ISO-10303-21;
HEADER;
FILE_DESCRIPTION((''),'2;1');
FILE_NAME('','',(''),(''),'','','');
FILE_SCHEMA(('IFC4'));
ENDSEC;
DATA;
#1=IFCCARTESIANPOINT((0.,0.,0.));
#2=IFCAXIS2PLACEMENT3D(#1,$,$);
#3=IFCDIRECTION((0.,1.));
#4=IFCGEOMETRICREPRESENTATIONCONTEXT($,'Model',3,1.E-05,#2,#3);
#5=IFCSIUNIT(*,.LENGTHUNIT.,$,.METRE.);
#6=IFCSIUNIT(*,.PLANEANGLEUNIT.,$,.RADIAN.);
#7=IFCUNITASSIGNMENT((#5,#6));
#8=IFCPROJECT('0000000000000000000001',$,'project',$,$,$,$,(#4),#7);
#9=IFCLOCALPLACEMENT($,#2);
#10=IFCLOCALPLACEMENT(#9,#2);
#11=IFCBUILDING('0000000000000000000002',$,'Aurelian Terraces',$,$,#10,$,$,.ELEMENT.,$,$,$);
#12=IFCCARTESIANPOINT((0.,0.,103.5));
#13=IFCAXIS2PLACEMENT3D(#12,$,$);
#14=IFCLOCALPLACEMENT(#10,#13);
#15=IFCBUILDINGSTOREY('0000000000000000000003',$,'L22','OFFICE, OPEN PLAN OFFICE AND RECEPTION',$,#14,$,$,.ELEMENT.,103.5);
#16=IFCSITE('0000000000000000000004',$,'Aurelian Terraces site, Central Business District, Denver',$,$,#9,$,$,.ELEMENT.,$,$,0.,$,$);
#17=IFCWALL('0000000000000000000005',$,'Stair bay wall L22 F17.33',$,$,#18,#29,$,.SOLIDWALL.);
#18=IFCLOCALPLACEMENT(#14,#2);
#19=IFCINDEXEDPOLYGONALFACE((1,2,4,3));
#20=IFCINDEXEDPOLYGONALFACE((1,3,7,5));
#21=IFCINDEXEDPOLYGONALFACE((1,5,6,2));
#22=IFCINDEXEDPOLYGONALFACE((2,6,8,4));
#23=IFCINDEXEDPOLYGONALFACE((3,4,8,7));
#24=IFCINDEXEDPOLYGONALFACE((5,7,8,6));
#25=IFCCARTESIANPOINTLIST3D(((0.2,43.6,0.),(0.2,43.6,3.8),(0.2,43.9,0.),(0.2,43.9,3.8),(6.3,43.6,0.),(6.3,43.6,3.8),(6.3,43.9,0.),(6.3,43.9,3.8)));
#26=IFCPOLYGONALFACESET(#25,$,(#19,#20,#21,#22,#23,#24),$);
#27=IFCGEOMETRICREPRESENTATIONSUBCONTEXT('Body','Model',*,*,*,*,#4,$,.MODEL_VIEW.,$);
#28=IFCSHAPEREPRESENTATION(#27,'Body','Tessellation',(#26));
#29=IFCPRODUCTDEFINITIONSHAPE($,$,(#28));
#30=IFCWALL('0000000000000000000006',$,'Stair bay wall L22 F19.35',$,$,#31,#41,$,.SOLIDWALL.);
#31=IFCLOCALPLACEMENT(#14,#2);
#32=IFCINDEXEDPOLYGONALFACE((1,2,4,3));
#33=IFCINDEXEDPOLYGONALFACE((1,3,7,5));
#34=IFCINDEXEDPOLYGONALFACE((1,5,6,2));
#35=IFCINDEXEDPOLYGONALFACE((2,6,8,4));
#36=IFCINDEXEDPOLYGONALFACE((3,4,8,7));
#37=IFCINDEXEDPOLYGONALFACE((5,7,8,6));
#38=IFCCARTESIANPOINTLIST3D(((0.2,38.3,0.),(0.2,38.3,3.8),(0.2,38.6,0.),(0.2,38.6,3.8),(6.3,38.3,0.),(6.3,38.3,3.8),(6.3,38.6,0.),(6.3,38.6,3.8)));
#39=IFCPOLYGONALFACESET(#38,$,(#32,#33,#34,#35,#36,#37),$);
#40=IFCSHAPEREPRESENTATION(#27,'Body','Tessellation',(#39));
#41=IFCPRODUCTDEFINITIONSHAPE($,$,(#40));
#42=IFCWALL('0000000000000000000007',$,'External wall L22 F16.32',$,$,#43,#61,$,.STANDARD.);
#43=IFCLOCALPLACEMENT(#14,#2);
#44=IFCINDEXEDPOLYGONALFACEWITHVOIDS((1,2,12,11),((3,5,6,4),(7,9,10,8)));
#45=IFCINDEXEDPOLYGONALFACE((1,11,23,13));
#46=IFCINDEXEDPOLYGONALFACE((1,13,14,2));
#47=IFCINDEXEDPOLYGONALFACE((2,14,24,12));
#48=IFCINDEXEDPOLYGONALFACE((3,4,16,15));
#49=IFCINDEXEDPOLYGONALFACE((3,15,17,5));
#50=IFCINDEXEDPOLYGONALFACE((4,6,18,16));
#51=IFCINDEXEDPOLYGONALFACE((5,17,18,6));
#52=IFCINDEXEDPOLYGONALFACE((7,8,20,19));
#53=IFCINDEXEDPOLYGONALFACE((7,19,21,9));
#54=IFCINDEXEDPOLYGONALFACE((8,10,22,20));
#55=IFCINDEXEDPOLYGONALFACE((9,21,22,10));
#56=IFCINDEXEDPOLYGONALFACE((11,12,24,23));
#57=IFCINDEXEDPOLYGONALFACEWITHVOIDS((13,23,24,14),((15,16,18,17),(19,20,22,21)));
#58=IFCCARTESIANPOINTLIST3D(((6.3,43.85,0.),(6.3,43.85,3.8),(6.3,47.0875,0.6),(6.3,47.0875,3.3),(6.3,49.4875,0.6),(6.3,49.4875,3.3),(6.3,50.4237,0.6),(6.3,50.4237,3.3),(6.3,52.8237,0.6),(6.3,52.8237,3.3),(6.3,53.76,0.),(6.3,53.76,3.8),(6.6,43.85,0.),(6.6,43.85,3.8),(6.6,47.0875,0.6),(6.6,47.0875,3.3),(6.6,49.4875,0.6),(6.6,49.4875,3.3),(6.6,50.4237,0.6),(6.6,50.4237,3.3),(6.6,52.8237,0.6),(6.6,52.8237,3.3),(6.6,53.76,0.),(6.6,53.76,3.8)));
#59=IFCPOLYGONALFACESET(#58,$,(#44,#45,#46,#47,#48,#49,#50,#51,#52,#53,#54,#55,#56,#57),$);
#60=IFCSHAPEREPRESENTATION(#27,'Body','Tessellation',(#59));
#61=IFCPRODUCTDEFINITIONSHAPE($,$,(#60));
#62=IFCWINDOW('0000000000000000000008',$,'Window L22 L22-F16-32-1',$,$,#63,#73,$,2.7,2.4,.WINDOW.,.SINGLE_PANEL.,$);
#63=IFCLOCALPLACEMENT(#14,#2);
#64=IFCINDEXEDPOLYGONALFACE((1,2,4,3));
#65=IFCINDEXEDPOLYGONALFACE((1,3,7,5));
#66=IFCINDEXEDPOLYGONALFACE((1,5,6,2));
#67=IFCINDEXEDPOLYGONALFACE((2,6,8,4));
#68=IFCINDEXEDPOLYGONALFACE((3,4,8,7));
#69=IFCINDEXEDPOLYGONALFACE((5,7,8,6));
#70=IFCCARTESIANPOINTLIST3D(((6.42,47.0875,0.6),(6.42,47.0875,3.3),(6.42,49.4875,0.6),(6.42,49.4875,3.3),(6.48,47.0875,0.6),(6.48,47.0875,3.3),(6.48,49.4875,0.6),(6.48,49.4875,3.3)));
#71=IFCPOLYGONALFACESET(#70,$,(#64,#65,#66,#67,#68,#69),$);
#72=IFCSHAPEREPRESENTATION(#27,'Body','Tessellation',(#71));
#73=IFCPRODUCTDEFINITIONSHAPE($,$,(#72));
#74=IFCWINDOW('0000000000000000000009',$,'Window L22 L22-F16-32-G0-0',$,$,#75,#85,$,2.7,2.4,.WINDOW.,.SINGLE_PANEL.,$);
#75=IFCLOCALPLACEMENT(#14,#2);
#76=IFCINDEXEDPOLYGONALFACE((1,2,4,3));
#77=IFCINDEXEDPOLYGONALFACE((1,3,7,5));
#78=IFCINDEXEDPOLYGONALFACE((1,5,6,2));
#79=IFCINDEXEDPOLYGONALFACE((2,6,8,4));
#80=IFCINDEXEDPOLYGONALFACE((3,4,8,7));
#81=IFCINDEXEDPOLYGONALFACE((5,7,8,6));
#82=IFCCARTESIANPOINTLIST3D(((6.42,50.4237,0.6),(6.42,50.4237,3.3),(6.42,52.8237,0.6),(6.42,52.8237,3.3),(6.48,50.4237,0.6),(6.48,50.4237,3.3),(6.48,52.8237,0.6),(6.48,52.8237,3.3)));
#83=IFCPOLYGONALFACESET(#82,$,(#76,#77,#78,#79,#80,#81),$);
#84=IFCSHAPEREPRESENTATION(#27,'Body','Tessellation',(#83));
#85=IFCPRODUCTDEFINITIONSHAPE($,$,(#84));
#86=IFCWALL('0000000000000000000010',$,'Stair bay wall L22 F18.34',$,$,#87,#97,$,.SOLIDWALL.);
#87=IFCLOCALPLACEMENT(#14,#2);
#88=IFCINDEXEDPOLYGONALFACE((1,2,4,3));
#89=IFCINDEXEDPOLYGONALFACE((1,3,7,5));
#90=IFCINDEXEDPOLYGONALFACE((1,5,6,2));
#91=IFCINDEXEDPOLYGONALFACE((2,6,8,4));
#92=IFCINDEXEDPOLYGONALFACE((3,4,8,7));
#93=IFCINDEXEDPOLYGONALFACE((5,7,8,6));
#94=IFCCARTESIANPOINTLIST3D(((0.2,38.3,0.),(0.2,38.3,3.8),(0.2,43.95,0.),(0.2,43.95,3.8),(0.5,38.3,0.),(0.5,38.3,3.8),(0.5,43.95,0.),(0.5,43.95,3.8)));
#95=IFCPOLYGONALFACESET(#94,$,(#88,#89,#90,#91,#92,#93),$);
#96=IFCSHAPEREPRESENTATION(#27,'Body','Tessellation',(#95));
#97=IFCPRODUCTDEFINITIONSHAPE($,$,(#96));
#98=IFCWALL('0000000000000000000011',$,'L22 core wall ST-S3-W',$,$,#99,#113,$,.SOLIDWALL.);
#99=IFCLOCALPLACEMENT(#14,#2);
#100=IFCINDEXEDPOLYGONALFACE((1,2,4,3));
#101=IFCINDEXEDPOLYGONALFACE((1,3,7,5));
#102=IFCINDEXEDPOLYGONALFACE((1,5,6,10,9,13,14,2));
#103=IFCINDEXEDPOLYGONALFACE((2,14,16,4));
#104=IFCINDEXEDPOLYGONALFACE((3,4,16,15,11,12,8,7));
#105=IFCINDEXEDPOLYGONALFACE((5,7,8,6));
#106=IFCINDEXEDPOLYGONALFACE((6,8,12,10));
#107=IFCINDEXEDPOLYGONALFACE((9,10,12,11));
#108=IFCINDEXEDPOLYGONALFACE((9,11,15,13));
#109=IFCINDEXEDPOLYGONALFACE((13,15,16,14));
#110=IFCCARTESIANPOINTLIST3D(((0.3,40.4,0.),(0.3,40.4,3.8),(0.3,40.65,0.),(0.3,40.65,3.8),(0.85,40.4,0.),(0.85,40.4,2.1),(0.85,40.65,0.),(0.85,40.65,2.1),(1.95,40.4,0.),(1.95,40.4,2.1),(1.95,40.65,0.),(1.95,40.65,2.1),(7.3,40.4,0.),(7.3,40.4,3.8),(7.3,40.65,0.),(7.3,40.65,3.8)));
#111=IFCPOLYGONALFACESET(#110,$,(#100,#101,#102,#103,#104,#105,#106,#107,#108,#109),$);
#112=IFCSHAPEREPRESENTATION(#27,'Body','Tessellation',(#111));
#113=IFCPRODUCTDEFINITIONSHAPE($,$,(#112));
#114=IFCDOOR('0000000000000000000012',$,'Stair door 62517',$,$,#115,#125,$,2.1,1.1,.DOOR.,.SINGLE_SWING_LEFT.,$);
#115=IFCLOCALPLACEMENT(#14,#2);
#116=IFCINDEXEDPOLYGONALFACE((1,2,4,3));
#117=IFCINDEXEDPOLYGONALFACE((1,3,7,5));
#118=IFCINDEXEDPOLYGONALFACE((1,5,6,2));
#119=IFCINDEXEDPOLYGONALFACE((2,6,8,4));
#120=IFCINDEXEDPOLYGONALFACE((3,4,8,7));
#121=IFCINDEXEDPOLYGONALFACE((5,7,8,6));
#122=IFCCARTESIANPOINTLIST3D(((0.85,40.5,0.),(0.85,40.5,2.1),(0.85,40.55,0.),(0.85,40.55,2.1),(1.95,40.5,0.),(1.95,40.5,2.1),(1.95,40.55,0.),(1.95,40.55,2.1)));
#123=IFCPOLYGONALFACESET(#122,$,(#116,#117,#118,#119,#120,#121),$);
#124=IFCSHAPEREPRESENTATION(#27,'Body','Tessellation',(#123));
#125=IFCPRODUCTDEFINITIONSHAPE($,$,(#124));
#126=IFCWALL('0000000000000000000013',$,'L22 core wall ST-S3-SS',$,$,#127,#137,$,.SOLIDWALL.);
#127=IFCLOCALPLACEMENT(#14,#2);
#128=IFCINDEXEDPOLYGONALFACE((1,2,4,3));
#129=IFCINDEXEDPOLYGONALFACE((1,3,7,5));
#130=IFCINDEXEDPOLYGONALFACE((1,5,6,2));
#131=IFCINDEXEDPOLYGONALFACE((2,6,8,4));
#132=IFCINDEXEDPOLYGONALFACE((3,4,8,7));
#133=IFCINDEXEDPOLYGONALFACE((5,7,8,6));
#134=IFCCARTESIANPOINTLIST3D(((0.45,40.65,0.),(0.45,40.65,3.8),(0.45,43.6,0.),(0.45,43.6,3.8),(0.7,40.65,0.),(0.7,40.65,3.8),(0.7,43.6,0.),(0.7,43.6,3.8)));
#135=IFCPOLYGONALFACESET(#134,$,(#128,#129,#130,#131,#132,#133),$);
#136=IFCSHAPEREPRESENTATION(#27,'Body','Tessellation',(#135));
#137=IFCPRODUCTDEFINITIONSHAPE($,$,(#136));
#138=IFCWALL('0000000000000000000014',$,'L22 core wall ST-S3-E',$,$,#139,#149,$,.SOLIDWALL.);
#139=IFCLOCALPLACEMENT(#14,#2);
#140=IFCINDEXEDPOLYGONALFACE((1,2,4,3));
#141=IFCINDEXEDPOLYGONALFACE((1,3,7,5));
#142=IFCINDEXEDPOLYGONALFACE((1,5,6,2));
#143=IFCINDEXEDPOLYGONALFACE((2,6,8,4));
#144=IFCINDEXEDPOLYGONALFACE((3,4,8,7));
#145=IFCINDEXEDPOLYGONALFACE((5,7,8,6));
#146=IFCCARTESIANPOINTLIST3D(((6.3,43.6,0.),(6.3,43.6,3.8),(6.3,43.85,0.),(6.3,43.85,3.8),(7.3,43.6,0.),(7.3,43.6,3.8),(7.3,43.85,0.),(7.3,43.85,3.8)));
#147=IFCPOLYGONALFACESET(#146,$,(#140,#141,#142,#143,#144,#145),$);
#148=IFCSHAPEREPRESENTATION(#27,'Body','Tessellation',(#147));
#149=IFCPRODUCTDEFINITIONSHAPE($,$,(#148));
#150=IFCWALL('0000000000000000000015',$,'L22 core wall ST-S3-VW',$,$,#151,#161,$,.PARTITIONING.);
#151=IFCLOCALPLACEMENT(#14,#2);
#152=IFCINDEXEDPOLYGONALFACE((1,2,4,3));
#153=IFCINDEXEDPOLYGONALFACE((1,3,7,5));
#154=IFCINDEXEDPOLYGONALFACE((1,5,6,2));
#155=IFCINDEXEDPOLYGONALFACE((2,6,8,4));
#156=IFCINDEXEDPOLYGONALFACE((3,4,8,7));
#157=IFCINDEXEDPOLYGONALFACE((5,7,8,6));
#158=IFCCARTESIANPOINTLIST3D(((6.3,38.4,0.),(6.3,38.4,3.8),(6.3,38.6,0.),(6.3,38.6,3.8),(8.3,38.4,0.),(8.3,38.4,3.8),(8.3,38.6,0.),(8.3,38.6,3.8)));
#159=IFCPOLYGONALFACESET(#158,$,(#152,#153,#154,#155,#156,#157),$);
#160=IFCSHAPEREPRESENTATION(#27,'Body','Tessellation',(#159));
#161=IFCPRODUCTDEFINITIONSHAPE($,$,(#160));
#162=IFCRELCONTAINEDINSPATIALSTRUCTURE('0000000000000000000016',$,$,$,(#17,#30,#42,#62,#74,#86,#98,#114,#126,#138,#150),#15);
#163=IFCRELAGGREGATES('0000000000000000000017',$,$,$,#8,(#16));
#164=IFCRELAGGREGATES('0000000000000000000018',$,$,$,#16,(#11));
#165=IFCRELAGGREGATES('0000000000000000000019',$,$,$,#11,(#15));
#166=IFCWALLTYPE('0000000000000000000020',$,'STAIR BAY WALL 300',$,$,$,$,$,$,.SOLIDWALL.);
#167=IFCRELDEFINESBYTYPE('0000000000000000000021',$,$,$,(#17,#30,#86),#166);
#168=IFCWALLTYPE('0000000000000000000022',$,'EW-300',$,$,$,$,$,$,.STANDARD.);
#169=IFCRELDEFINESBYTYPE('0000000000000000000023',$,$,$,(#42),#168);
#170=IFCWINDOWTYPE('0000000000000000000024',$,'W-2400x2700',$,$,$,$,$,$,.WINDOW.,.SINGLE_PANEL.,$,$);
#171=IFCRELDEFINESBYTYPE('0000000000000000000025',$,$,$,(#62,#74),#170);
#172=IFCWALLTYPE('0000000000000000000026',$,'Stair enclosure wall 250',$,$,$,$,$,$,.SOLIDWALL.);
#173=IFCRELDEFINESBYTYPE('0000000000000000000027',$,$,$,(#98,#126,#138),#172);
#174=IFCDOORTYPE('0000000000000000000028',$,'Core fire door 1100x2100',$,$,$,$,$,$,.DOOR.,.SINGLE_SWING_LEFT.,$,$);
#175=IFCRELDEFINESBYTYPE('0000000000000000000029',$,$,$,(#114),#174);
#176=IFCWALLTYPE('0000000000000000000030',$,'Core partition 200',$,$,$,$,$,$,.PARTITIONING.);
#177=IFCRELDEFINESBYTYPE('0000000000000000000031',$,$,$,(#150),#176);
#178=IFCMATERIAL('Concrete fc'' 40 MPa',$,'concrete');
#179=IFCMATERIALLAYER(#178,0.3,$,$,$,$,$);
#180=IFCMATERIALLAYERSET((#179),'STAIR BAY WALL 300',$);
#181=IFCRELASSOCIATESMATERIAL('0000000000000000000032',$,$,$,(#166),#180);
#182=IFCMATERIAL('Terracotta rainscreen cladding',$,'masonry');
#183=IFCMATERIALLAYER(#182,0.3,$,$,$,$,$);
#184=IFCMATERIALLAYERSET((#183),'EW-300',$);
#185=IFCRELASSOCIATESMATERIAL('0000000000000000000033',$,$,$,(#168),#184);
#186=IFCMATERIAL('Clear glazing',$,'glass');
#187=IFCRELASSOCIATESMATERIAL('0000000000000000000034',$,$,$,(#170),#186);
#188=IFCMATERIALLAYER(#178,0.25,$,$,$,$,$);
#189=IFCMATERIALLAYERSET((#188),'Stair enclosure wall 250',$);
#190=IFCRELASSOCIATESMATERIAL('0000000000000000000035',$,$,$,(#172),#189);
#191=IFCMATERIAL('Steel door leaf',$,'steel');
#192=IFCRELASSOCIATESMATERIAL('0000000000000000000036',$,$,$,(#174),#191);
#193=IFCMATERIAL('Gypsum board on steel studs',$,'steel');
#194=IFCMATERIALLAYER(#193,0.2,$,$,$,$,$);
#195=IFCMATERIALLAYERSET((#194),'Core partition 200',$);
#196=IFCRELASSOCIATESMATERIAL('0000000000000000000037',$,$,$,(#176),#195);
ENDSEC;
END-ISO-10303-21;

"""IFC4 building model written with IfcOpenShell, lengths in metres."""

from ifc_helpers import new_model, si_unit, direction, frame, frame_2d, origin, place, context, subcontext, project, spatial, rectangle, extrude, source, transform, mapped, material, layer, layer_set, type_object, element, fill, save


model = new_model("IFC4")

# Units and contexts
model_context = context("Model", 3, precision=1e-05, world=origin(), true_north=direction((0.0, 1.0)))
body_context = subcontext(model_context, "Body", "Model", "MODEL_VIEW")
ifc_project = project(units=[si_unit("LENGTHUNIT", "METRE"), si_unit("PLANEANGLEUNIT", "RADIAN")], contexts=[model_context])

# Site, building, storey
site_placement = place(None, origin())
site = spatial("IfcSite", under=ifc_project, at=site_placement, Name="Aurelian Terraces site, Central Business District, Denver", CompositionType="ELEMENT", RefElevation=0.0)
building_placement = place(site_placement, origin())
building = spatial("IfcBuilding", under=site, at=building_placement, Name="Aurelian Terraces", CompositionType="ELEMENT")
storey_placement = place(building_placement, frame((0.0, 0.0, 103.5)))
storey = spatial("IfcBuildingStorey", under=building, at=storey_placement, Name="L22", Description="OFFICE, OPEN PLAN OFFICE AND RECEPTION", CompositionType="ELEMENT", Elevation=103.5)

# Walls
ifc_material_1 = material(Name="Concrete fc' 40 MPa", Category="concrete")
ifc_layer_1 = layer(ifc_material_1, 0.3)
ifc_layer_set_1 = layer_set([ifc_layer_1], Name="STAIR BAY WALL 300")
wall_type_1 = type_object("IfcWallType", Name="STAIR BAY WALL 300", PredefinedType="SOLIDWALL", material=ifc_layer_set_1)
shared_shape_1 = source(origin(), body_context, "Body", "SweptSolid", [
    extrude(rectangle(XDim=6.1, YDim=0.3, at=frame_2d((3.05, 0.0))), origin(), (0.0, 0.0, 1.0), 3.8),
])
for number, where, z_axis, x_axis, name in (
    (1, (6.3, 43.75, 0.0), (0.0, 0.0, 1.0), (-1.0, 0.0, 0.0), "Stair bay wall L22 F17.33"),
    (2, (0.2, 38.45, 0.0), (0.0, 0.0, 1.0), (1.0, 0.0, 0.0), "Stair bay wall L22 F19.35"),
):
    element("IfcWall", number, at=place(storey_placement, frame(where, z_axis=z_axis, x_axis=x_axis)), inside=storey, type_object=wall_type_1, Name=name, PredefinedType="SOLIDWALL", context=body_context, shape_type="MappedRepresentation", body=[
        mapped(shared_shape_1, transform((0.0, 0.0, 0.0), scale=1.0)),
    ])

# Wall, openings, windows
ifc_material_2 = material(Name="Terracotta rainscreen cladding", Category="masonry")
ifc_layer_2 = layer(ifc_material_2, 0.3)
ifc_layer_set_2 = layer_set([ifc_layer_2], Name="EW-300")
wall_type_2 = type_object("IfcWallType", Name="EW-300", PredefinedType="STANDARD", material=ifc_layer_set_2)
shared_shape_2 = source(origin(), body_context, "Body", "SweptSolid", [
    extrude(rectangle(XDim=9.91, YDim=0.3, at=frame_2d((4.955, 0.0))), origin(), (0.0, 0.0, 1.0), 3.8),
])
wall_1_placement = place(storey_placement, frame((6.45, 53.76, 0.0), z_axis=(0.0, 0.0, 1.0), x_axis=(0.0, -1.0, 0.0)))
wall_1 = element("IfcWall", 3, at=wall_1_placement, inside=storey, type_object=wall_type_2, Name="External wall L22 F16.32", PredefinedType="STANDARD", context=body_context, shape_type="MappedRepresentation", body=[
    mapped(shared_shape_2, transform((0.0, 0.0, 0.0), scale=1.0)),
])
shared_shape_3 = source(origin(), body_context, "Body", "SweptSolid", [
    extrude(rectangle(XDim=2.4, YDim=2.7, at=frame_2d((1.2, 1.35))), frame((0.0, 0.16, 0.0), z_axis=(0.0, -1.0, 0.0), x_axis=(1.0, 0.0, 0.0)), (0.0, 0.0, 1.0), 0.32),
])
opening_1_placement = place(wall_1_placement, frame((4.2725, 0.0, 0.6)))
opening_1 = element("IfcOpeningElement", 4, at=opening_1_placement, cuts=wall_1, PredefinedType="OPENING", context=body_context, shape_type="MappedRepresentation", body=[
    mapped(shared_shape_3, transform((0.0, 0.0, 0.0), scale=1.0)),
])
opening_2_placement = place(wall_1_placement, frame((0.9363, 0.0, 0.6)))
opening_2 = element("IfcOpeningElement", 5, at=opening_2_placement, cuts=wall_1, PredefinedType="OPENING", context=body_context, shape_type="MappedRepresentation", body=[
    mapped(shared_shape_3, transform((0.0, 0.0, 0.0), scale=1.0)),
])
ifc_material_3 = material(Name="Clear glazing", Category="glass")
window_type = type_object("IfcWindowType", Name="W-2400x2700", PartitioningType="SINGLE_PANEL", PredefinedType="WINDOW", material=ifc_material_3)
shared_shape_4 = source(origin(), body_context, "Body", "SweptSolid", [
    extrude(rectangle(XDim=2.4, YDim=2.7, at=frame_2d((1.2, 1.35))), frame((0.0, 0.03, 0.0), z_axis=(0.0, -1.0, 0.0), x_axis=(1.0, 0.0, 0.0)), (0.0, 0.0, 1.0), 0.06),
])
window_1_placement = place(opening_1_placement, origin())
window_1 = element("IfcWindow", 6, at=window_1_placement, inside=storey, type_object=window_type, Name="Window L22 L22-F16-32-1", OverallHeight=2.7, OverallWidth=2.4, PartitioningType="SINGLE_PANEL", PredefinedType="WINDOW", context=body_context, shape_type="MappedRepresentation", body=[
    mapped(shared_shape_4, transform((0.0, 0.0, 0.0), scale=1.0)),
])
fill(opening_1, window_1)
window_2_placement = place(opening_2_placement, origin())
window_2 = element("IfcWindow", 7, at=window_2_placement, inside=storey, type_object=window_type, Name="Window L22 L22-F16-32-G0-0", OverallHeight=2.7, OverallWidth=2.4, PartitioningType="SINGLE_PANEL", PredefinedType="WINDOW", context=body_context, shape_type="MappedRepresentation", body=[
    mapped(shared_shape_4, transform((0.0, 0.0, 0.0), scale=1.0)),
])
fill(opening_2, window_2)

# Wall
shared_shape_5 = source(origin(), body_context, "Body", "SweptSolid", [
    extrude(rectangle(XDim=5.65, YDim=0.3, at=frame_2d((2.825, 0.0))), origin(), (0.0, 0.0, 1.0), 3.8),
])
wall_2_placement = place(storey_placement, frame((0.35, 43.95, 0.0), z_axis=(0.0, 0.0, 1.0), x_axis=(0.0, -1.0, 0.0)))
element("IfcWall", 8, at=wall_2_placement, inside=storey, type_object=wall_type_1, Name="Stair bay wall L22 F18.34", PredefinedType="SOLIDWALL", context=body_context, shape_type="MappedRepresentation", body=[
    mapped(shared_shape_5, transform((0.0, 0.0, 0.0), scale=1.0)),
])

# Wall, opening, door
ifc_layer_3 = layer(ifc_material_1, 0.25)
ifc_layer_set_3 = layer_set([ifc_layer_3], Name="Stair enclosure wall 250")
wall_type_3 = type_object("IfcWallType", Name="Stair enclosure wall 250", PredefinedType="SOLIDWALL", material=ifc_layer_set_3)
shared_shape_6 = source(origin(), body_context, "Body", "SweptSolid", [
    extrude(rectangle(XDim=7.0, YDim=0.25, at=frame_2d((3.5, 0.0))), origin(), (0.0, 0.0, 1.0), 3.8),
])
wall_3_placement = place(storey_placement, frame((0.3, 40.525, 0.0), z_axis=(0.0, 0.0, 1.0), x_axis=(1.0, 0.0, 0.0)))
wall_3 = element("IfcWall", 9, at=wall_3_placement, inside=storey, type_object=wall_type_3, Name="L22 core wall ST-S3-W", PredefinedType="SOLIDWALL", context=body_context, shape_type="MappedRepresentation", body=[
    mapped(shared_shape_6, transform((0.0, 0.0, 0.0), scale=1.0)),
])
shared_shape_7 = source(origin(), body_context, "Body", "SweptSolid", [
    extrude(rectangle(XDim=1.1, YDim=2.1, at=frame_2d((0.55, 1.05))), frame((0.0, 0.135, 0.0), z_axis=(0.0, -1.0, 0.0), x_axis=(1.0, 0.0, 0.0)), (0.0, 0.0, 1.0), 0.27),
])
opening_3_placement = place(wall_3_placement, frame((0.55, 0.0, 0.0)))
opening_3 = element("IfcOpeningElement", 10, at=opening_3_placement, cuts=wall_3, PredefinedType="OPENING", context=body_context, shape_type="MappedRepresentation", body=[
    mapped(shared_shape_7, transform((0.0, 0.0, 0.0), scale=1.0)),
])
ifc_material_4 = material(Name="Steel door leaf", Category="steel")
door_type = type_object("IfcDoorType", Name="Core fire door 1100x2100", OperationType="SINGLE_SWING_LEFT", PredefinedType="DOOR", material=ifc_material_4)
shared_shape_8 = source(origin(), body_context, "Body", "SweptSolid", [
    extrude(rectangle(XDim=1.1, YDim=2.1, at=frame_2d((0.55, 1.05))), frame((0.0, 0.025, 0.0), z_axis=(0.0, -1.0, 0.0), x_axis=(1.0, 0.0, 0.0)), (0.0, 0.0, 1.0), 0.05),
])
door_placement = place(opening_3_placement, origin())
door = element("IfcDoor", 11, at=door_placement, inside=storey, type_object=door_type, Name="Stair door 62517", OperationType="SINGLE_SWING_LEFT", OverallHeight=2.1, OverallWidth=1.1, PredefinedType="DOOR", context=body_context, shape_type="MappedRepresentation", body=[
    mapped(shared_shape_8, transform((0.0, 0.0, 0.0), scale=1.0)),
])
fill(opening_3, door)

# Walls
shared_shape_9 = source(origin(), body_context, "Body", "SweptSolid", [
    extrude(rectangle(XDim=2.95, YDim=0.25, at=frame_2d((1.475, 0.0))), origin(), (0.0, 0.0, 1.0), 3.8),
])
wall_4_placement = place(storey_placement, frame((0.575, 40.65, 0.0), z_axis=(0.0, 0.0, 1.0), x_axis=(0.0, 1.0, 0.0)))
element("IfcWall", 12, at=wall_4_placement, inside=storey, type_object=wall_type_3, Name="L22 core wall ST-S3-SS", PredefinedType="SOLIDWALL", context=body_context, shape_type="MappedRepresentation", body=[
    mapped(shared_shape_9, transform((0.0, 0.0, 0.0), scale=1.0)),
])
shared_shape_10 = source(origin(), body_context, "Body", "SweptSolid", [
    extrude(rectangle(XDim=1.0, YDim=0.25, at=frame_2d((0.5, 0.0))), origin(), (0.0, 0.0, 1.0), 3.8),
])
wall_5_placement = place(storey_placement, frame((6.3, 43.725, 0.0), z_axis=(0.0, 0.0, 1.0), x_axis=(1.0, 0.0, 0.0)))
element("IfcWall", 13, at=wall_5_placement, inside=storey, type_object=wall_type_3, Name="L22 core wall ST-S3-E", PredefinedType="SOLIDWALL", context=body_context, shape_type="MappedRepresentation", body=[
    mapped(shared_shape_10, transform((0.0, 0.0, 0.0), scale=1.0)),
])
ifc_material_5 = material(Name="Gypsum board on steel studs", Category="steel")
ifc_layer_4 = layer(ifc_material_5, 0.2)
ifc_layer_set_4 = layer_set([ifc_layer_4], Name="Core partition 200")
wall_type_4 = type_object("IfcWallType", Name="Core partition 200", PredefinedType="PARTITIONING", material=ifc_layer_set_4)
shared_shape_11 = source(origin(), body_context, "Body", "SweptSolid", [
    extrude(rectangle(XDim=2.0, YDim=0.2, at=frame_2d((1.0, 0.0))), origin(), (0.0, 0.0, 1.0), 3.8),
])
wall_6_placement = place(storey_placement, frame((6.3, 38.5, 0.0), z_axis=(0.0, 0.0, 1.0), x_axis=(1.0, 0.0, 0.0)))
element("IfcWall", 14, at=wall_6_placement, inside=storey, type_object=wall_type_4, Name="L22 core wall ST-S3-VW", PredefinedType="PARTITIONING", context=body_context, shape_type="MappedRepresentation", body=[
    mapped(shared_shape_11, transform((0.0, 0.0, 0.0), scale=1.0)),
])

save(model, "model.ifc")
